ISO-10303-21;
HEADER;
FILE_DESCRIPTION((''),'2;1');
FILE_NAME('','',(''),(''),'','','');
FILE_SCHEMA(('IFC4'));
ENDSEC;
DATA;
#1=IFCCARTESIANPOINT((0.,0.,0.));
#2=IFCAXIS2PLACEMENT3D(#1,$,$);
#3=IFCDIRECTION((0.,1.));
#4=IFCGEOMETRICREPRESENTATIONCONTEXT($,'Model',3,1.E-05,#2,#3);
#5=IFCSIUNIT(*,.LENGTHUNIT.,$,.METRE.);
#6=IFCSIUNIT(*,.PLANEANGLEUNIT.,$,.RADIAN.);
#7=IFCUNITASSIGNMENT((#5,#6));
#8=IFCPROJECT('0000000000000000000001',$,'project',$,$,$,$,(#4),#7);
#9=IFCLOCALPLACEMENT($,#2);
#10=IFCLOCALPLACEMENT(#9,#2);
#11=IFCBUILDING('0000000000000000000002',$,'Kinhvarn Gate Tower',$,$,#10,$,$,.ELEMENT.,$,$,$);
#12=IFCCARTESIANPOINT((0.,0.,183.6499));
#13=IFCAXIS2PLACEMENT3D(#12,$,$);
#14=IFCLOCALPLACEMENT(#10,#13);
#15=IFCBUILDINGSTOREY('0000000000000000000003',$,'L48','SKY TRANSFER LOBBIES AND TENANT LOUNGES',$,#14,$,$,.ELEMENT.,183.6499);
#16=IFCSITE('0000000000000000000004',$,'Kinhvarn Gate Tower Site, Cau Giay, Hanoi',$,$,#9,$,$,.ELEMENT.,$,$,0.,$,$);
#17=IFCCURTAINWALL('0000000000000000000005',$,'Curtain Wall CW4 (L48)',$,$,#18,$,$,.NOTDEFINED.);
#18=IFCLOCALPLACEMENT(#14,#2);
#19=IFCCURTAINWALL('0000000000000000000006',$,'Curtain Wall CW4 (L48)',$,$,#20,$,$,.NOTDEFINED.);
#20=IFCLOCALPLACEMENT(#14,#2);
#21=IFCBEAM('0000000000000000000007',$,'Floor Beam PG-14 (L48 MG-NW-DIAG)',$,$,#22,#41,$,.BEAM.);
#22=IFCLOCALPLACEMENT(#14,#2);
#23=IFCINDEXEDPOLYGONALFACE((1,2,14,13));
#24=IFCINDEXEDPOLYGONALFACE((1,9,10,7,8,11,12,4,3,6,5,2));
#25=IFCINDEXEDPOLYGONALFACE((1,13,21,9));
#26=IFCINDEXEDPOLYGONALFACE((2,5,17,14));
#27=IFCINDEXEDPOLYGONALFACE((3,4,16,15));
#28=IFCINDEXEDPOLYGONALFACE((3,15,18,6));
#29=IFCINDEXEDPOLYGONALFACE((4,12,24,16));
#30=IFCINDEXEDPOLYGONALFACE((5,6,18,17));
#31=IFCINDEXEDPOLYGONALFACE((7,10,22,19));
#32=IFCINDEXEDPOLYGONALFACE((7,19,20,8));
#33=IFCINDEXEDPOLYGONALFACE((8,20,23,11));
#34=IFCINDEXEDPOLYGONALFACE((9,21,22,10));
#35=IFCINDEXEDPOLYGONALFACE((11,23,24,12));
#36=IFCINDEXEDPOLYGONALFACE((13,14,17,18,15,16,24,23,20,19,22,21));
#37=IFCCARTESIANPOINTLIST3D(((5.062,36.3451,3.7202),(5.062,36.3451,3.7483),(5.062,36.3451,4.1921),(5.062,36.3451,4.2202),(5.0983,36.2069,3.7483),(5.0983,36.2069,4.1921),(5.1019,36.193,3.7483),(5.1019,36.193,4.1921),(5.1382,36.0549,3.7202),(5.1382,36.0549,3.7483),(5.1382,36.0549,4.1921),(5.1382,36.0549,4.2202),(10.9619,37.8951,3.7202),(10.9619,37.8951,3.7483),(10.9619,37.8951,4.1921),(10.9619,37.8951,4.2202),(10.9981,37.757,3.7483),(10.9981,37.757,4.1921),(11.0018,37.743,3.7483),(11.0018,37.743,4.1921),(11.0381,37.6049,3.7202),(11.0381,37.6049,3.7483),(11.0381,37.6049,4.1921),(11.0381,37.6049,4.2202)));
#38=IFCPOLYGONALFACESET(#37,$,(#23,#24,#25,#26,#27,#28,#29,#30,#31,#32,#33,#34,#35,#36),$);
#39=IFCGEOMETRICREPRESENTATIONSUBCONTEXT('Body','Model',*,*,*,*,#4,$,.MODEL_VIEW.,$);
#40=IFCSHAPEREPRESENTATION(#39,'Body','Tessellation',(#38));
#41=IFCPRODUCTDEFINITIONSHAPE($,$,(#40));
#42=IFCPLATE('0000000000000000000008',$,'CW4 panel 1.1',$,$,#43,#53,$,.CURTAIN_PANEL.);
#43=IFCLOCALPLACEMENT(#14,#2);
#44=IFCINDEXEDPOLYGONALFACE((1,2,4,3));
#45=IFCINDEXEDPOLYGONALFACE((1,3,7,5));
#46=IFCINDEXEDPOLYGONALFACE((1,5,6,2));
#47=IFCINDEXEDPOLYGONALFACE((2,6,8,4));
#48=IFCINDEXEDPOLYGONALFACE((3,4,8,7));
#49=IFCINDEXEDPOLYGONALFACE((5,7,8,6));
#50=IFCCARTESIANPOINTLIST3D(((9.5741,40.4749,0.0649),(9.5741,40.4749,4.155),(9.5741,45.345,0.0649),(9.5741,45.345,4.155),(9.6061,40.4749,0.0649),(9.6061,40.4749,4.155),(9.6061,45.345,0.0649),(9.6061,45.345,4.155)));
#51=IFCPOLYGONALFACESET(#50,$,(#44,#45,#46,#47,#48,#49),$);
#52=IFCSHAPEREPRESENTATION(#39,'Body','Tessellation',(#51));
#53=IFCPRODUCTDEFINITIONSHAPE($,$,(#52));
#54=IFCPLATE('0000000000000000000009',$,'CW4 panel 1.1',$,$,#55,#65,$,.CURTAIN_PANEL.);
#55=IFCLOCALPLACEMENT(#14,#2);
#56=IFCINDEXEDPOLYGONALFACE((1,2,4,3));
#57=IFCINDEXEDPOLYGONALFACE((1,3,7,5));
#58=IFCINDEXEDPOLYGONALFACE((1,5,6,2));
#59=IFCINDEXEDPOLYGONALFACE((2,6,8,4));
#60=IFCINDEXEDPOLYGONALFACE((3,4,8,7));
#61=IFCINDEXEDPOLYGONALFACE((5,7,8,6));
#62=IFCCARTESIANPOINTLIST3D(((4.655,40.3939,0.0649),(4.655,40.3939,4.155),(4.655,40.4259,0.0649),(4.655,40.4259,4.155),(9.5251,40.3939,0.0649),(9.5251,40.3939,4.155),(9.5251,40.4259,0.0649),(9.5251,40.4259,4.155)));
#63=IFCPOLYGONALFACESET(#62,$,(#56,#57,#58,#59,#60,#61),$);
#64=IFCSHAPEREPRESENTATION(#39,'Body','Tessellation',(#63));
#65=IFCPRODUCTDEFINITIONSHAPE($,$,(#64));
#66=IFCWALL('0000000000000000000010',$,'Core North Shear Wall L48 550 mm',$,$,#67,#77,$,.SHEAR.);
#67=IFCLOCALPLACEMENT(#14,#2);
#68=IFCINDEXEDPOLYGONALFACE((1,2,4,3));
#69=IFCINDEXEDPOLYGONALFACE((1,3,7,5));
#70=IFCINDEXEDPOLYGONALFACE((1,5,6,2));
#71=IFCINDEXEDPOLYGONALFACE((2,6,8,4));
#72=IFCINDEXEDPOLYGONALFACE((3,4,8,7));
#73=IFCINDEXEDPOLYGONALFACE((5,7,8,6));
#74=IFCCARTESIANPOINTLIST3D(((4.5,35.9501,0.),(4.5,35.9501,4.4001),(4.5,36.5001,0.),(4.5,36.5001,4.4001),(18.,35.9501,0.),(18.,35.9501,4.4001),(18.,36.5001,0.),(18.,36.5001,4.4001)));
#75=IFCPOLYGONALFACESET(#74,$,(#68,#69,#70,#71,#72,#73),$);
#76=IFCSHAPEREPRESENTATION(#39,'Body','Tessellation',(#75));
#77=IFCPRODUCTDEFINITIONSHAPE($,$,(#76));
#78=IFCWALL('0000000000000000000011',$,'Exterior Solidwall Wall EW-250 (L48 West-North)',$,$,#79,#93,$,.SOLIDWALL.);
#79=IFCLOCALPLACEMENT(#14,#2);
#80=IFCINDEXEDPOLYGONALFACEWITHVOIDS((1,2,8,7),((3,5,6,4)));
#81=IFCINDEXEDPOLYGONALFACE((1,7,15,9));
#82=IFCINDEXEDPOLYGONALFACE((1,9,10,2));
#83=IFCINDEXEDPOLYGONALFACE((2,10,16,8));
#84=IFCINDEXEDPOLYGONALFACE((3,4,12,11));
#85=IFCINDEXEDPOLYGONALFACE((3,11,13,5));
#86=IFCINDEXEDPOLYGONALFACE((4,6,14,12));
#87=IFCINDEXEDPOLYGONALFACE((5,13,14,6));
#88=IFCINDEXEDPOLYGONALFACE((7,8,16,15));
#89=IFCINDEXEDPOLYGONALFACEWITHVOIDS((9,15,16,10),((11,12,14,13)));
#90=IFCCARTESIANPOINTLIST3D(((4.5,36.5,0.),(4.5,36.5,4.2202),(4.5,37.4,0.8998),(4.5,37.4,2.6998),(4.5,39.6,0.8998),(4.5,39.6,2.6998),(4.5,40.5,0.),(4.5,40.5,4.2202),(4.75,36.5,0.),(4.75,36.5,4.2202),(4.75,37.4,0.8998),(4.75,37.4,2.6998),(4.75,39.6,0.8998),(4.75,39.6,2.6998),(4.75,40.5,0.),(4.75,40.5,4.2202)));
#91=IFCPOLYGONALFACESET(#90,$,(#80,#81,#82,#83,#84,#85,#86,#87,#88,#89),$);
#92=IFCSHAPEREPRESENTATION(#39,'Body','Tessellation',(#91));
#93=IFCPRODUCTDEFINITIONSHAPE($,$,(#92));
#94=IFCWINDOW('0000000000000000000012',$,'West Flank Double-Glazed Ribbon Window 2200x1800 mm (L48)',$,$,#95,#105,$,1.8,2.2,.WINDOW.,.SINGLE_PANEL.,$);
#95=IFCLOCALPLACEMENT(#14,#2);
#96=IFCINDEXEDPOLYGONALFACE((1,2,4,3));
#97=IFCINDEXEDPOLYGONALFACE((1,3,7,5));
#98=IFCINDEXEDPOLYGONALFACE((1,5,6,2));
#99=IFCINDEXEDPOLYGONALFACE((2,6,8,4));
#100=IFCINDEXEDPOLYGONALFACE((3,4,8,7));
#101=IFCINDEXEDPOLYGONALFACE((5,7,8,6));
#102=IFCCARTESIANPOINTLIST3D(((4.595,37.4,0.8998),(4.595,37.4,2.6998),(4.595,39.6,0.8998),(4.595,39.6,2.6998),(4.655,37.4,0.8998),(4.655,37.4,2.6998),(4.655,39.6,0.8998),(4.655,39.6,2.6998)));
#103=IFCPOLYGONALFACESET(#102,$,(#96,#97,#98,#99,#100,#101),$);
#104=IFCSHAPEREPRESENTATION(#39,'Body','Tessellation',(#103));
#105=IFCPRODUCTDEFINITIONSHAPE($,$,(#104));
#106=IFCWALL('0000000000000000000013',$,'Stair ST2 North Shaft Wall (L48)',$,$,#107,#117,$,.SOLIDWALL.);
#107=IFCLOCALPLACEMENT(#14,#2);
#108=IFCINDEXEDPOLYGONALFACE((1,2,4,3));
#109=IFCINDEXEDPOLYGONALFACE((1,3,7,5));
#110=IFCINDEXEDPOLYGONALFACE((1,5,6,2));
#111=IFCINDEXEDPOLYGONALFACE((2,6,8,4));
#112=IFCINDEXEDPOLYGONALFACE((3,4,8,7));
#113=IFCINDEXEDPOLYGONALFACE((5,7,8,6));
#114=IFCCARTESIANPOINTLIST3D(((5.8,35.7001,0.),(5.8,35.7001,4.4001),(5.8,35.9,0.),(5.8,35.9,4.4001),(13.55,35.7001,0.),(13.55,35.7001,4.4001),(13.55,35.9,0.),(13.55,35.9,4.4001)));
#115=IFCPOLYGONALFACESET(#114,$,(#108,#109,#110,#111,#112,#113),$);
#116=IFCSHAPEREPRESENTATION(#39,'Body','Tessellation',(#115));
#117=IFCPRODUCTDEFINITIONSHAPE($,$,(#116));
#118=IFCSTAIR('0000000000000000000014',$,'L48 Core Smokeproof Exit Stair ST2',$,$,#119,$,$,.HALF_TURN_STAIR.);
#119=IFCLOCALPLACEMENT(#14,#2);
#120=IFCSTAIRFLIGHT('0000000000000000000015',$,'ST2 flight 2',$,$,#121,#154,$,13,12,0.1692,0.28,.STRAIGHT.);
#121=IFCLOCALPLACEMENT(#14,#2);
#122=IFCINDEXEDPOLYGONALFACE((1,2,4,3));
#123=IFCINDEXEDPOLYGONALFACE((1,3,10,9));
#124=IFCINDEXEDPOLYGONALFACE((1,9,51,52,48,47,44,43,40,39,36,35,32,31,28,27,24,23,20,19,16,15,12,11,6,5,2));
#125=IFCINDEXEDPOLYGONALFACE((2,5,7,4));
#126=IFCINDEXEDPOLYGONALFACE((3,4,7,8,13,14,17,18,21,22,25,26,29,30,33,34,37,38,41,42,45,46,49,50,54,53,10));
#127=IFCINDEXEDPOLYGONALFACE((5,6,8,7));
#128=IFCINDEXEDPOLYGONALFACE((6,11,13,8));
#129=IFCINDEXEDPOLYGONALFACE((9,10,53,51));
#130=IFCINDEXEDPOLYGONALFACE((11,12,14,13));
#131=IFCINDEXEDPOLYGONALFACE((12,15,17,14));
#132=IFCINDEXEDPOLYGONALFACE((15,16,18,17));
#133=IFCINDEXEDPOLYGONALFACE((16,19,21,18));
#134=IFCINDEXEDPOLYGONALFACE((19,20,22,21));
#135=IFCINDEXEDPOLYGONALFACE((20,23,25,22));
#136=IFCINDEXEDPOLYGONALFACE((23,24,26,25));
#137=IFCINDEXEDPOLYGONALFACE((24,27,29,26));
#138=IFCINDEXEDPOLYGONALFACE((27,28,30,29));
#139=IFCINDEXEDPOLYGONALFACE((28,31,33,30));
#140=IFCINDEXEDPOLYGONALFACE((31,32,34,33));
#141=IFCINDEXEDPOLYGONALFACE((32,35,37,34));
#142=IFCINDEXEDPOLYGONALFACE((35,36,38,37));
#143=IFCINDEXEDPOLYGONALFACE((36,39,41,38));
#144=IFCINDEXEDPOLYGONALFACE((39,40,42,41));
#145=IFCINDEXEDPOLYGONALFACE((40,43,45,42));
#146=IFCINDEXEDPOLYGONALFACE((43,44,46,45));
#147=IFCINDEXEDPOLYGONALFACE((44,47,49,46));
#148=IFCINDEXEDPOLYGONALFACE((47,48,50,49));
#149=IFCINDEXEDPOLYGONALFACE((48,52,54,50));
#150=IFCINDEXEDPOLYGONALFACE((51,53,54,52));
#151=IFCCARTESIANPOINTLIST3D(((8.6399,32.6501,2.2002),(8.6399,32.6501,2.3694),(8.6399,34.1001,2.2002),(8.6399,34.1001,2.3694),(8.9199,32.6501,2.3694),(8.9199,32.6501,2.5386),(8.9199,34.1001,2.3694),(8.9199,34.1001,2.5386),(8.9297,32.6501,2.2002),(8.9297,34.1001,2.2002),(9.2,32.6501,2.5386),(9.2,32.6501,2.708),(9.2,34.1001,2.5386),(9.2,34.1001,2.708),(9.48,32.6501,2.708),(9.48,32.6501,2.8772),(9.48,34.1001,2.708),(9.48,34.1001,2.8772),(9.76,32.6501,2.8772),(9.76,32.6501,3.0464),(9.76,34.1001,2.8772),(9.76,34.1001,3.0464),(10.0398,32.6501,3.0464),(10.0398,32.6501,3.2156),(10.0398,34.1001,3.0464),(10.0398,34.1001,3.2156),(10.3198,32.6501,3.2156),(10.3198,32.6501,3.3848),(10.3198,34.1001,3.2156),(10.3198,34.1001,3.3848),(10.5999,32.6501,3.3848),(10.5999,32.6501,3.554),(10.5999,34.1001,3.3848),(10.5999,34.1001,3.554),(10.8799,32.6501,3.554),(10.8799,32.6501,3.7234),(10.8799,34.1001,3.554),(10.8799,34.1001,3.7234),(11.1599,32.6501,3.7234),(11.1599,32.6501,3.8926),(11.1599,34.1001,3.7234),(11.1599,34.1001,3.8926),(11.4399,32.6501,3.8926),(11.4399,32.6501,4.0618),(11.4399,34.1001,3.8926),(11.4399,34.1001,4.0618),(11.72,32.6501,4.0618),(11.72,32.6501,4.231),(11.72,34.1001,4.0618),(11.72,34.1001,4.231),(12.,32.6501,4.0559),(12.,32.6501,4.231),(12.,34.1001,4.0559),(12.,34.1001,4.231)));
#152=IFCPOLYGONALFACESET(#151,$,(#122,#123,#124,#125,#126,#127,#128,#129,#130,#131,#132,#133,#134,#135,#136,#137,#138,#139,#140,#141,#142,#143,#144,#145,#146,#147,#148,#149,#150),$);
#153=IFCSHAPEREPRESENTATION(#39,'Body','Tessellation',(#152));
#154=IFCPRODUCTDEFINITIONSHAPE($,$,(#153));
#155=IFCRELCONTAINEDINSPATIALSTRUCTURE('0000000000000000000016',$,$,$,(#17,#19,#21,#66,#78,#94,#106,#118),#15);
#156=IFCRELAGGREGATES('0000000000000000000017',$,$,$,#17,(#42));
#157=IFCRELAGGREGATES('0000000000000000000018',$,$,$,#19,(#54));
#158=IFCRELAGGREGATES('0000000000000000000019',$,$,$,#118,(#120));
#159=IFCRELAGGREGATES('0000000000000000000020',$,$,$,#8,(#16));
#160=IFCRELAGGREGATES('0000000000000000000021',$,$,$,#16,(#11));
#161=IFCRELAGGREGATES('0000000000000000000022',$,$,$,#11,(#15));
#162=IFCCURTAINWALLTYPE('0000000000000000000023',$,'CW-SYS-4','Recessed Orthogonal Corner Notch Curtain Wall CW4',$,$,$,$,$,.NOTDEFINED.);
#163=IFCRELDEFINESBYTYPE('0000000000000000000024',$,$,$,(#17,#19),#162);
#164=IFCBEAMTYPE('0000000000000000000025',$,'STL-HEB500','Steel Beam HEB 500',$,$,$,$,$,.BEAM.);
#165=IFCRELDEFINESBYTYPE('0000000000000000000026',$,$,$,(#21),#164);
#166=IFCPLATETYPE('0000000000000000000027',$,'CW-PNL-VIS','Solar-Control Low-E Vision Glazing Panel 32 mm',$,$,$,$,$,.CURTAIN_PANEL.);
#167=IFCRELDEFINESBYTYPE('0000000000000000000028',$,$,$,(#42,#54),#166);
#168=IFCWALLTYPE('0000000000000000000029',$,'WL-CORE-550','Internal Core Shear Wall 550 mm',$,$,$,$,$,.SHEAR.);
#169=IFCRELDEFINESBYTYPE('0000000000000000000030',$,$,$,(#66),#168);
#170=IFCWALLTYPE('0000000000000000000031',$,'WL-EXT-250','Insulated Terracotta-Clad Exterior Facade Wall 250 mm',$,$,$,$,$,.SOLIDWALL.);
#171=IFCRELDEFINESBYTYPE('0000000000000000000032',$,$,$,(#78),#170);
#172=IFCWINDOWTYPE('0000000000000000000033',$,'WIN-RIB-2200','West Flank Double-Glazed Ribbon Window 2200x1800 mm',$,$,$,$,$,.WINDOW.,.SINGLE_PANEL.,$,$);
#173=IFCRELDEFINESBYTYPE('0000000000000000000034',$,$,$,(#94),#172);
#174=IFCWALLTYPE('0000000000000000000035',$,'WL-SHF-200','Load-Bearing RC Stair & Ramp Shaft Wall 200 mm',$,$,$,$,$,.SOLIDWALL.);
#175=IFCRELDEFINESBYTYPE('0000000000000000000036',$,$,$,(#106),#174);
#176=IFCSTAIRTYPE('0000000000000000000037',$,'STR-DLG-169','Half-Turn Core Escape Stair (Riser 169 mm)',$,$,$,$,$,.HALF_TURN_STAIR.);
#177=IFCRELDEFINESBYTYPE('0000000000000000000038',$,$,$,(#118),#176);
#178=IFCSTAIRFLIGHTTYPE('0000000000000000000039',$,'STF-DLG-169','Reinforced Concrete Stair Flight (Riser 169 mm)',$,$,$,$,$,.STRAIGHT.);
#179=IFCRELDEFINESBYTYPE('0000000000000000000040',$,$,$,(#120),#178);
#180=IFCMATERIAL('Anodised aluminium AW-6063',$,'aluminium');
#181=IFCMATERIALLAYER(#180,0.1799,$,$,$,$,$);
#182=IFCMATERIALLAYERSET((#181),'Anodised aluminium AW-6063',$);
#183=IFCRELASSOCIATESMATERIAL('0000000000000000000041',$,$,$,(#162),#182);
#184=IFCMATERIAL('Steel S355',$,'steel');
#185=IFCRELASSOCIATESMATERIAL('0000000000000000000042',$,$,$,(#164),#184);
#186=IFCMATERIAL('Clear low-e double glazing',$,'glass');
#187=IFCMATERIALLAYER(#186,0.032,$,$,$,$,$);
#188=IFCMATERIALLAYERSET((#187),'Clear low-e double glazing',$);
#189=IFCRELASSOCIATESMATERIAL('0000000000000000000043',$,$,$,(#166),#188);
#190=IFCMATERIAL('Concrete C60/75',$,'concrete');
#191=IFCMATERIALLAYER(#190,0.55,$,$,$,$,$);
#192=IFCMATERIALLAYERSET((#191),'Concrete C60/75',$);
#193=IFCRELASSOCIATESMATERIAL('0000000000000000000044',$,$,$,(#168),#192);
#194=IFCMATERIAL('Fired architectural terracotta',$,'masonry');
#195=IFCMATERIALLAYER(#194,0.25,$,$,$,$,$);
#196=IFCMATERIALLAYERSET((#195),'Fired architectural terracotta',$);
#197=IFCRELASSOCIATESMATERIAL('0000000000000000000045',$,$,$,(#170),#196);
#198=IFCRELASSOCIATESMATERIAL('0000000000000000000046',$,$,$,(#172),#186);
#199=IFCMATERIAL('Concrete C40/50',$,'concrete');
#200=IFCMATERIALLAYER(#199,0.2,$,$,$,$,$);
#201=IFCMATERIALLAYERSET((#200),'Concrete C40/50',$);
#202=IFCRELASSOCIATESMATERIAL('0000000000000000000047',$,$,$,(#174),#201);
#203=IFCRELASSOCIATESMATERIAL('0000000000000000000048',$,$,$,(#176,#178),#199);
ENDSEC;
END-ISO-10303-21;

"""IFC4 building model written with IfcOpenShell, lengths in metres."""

from ifc_helpers import new_model, si_unit, direction, frame, frame_2d, origin, origin_2d, place, context, subcontext, project, spatial, polyline, rectangle, i_section, outline, extrude, material, layer, layer_set, material_profile, profile_set, type_object, element, fill, aggregate, save


model = new_model("IFC4")

# Units and contexts
model_context = context("Model", 3, precision=1e-05, world=origin(), true_north=direction((0.0, 1.0)))
body_context = subcontext(model_context, "Body", "Model", "MODEL_VIEW")
ifc_project = project(units=[si_unit("LENGTHUNIT", "METRE"), si_unit("PLANEANGLEUNIT", "RADIAN")], contexts=[model_context])

# Site, building, storey
site_placement = place(None, origin())
site = spatial("IfcSite", under=ifc_project, at=site_placement, Name="Kinhvarn Gate Tower Site, Cau Giay, Hanoi", CompositionType="ELEMENT", RefElevation=0.0)
building_placement = place(site_placement, origin())
building = spatial("IfcBuilding", under=site, at=building_placement, Name="Kinhvarn Gate Tower", CompositionType="ELEMENT")
storey_placement = place(building_placement, frame((0.0, 0.0, 183.6499)))
storey = spatial("IfcBuildingStorey", under=building, at=storey_placement, Name="L48", Description="SKY TRANSFER LOBBIES AND TENANT LOUNGES", CompositionType="ELEMENT", Elevation=183.6499)

# Shared definitions
ifc_material_1 = material(Name="Concrete C60/75", Category="concrete")

# Curtain walls
ifc_material_2 = material(Name="Anodised aluminium AW-6063", Category="aluminium")
ifc_layer_1 = layer(ifc_material_2, 0.1799)
ifc_layer_set_1 = layer_set([ifc_layer_1], Name="Anodised aluminium AW-6063")
curtain_wall_type_1 = type_object("IfcCurtainWallType", Name="CW-SYS-4", Description="Recessed Orthogonal Corner Notch Curtain Wall CW4", PredefinedType="NOTDEFINED", material=ifc_layer_set_1)
curtain_wall_1_placement = place(storey_placement, origin())
curtain_wall_1 = element("IfcCurtainWall", 1, at=curtain_wall_1_placement, inside=storey, type_object=curtain_wall_type_1, Name="Curtain Wall CW4 (L48)", PredefinedType="NOTDEFINED")
curtain_wall_2_placement = place(storey_placement, origin())
curtain_wall_2 = element("IfcCurtainWall", 2, at=curtain_wall_2_placement, inside=storey, type_object=curtain_wall_type_1, Name="Curtain Wall CW4 (L48)", PredefinedType="NOTDEFINED")

# Beam
ifc_material_3 = material(Name="Steel S355", Category="steel")
ifc_material_profile_1 = material_profile(ifc_material_3, i_section(OverallWidth=0.3, OverallDepth=0.5, WebThickness=0.0144, FlangeThickness=0.0281, at=origin_2d()), Name="HEB 500")
ifc_profile_set_1 = profile_set([ifc_material_profile_1], Name="Steel S355")
beam_type_1 = type_object("IfcBeamType", Name="STL-HEB500", Description="Steel Beam HEB 500", PredefinedType="BEAM", material=ifc_profile_set_1)
beam_1_placement = place(storey_placement, frame((5.1001, 36.2, 3.9702), z_axis=(0.967178, 0.254101, 0.0), x_axis=(-0.254101, 0.967178, 0.0)))
element("IfcBeam", 3, at=beam_1_placement, inside=storey, type_object=beam_type_1, Name="Floor Beam PG-14 (L48 MG-NW-DIAG)", PredefinedType="BEAM", context=body_context, shape_type="SweptSolid", body=[
    extrude(i_section(OverallWidth=0.3, OverallDepth=0.5, WebThickness=0.0144, FlangeThickness=0.0281, at=origin_2d()), origin(), (0.0, 0.0, 1.0), 6.1001),
])

# Plates
ifc_material_4 = material(Name="Clear low-e double glazing", Category="glass")
ifc_layer_2 = layer(ifc_material_4, 0.032)
ifc_layer_set_2 = layer_set([ifc_layer_2], Name="Clear low-e double glazing")
plate_type = type_object("IfcPlateType", Name="CW-PNL-VIS", Description="Solar-Control Low-E Vision Glazing Panel 32 mm", PredefinedType="CURTAIN_PANEL", material=ifc_layer_set_2)
plate_1_placement = place(storey_placement, frame((9.5901, 42.9099, 0.0649), z_axis=(0.0, 0.0, 1.0), x_axis=(0.0, -1.0, 0.0)))
plate_1 = element("IfcPlate", 4, at=plate_1_placement, type_object=plate_type, Name="CW4 panel 1.1", PredefinedType="CURTAIN_PANEL", context=body_context, shape_type="SweptSolid", body=[
    extrude(rectangle(XDim=4.8701, YDim=0.032, at=origin_2d()), origin(), (0.0, 0.0, 1.0), 4.0901),
])
aggregate(curtain_wall_1, [plate_1])
plate_2_placement = place(storey_placement, frame((7.0901, 40.4099, 0.0649), z_axis=(0.0, 0.0, 1.0), x_axis=(-1.0, 0.0, 0.0)))
plate_2 = element("IfcPlate", 5, at=plate_2_placement, type_object=plate_type, Name="CW4 panel 1.1", PredefinedType="CURTAIN_PANEL", context=body_context, shape_type="SweptSolid", body=[
    extrude(rectangle(XDim=4.8701, YDim=0.032, at=origin_2d()), origin(), (0.0, 0.0, 1.0), 4.0901),
])
aggregate(curtain_wall_2, [plate_2])

# Wall
ifc_layer_3 = layer(ifc_material_1, 0.55)
ifc_layer_set_3 = layer_set([ifc_layer_3], Name="Concrete C60/75")
wall_type_1 = type_object("IfcWallType", Name="WL-CORE-550", Description="Internal Core Shear Wall 550 mm", PredefinedType="SHEAR", material=ifc_layer_set_3)
wall_1_placement = place(storey_placement, frame((4.5, 36.2251, 0.0), z_axis=(0.0, 0.0, 1.0), x_axis=(1.0, 0.0, 0.0)))
element("IfcWall", 6, at=wall_1_placement, inside=storey, type_object=wall_type_1, Name="Core North Shear Wall L48 550 mm", PredefinedType="SHEAR", context=body_context, shape_type="SweptSolid", body=[
    extrude(rectangle(XDim=13.5, YDim=0.55, at=frame_2d((6.75, 0.0))), origin(), (0.0, 0.0, 1.0), 4.4001),
])

# Wall, opening, window
ifc_material_5 = material(Name="Fired architectural terracotta", Category="masonry")
ifc_layer_4 = layer(ifc_material_5, 0.25)
ifc_layer_set_4 = layer_set([ifc_layer_4], Name="Fired architectural terracotta")
wall_type_2 = type_object("IfcWallType", Name="WL-EXT-250", Description="Insulated Terracotta-Clad Exterior Facade Wall 250 mm", PredefinedType="SOLIDWALL", material=ifc_layer_set_4)
wall_2_placement = place(storey_placement, frame((4.625, 40.5, 0.0), z_axis=(0.0, 0.0, 1.0), x_axis=(0.0, -1.0, 0.0)))
wall_2 = element("IfcWall", 7, at=wall_2_placement, inside=storey, type_object=wall_type_2, Name="Exterior Solidwall Wall EW-250 (L48 West-North)", PredefinedType="SOLIDWALL", context=body_context, shape_type="SweptSolid", body=[
    extrude(rectangle(XDim=4.0, YDim=0.25, at=frame_2d((2.0, 0.0))), origin(), (0.0, 0.0, 1.0), 4.2202),
])
opening_placement = place(wall_2_placement, frame((0.8999, 0.0, 0.8999)))
opening = element("IfcOpeningElement", 8, at=opening_placement, cuts=wall_2, PredefinedType="OPENING", context=body_context, shape_type="SweptSolid", body=[
    extrude(rectangle(XDim=2.2, YDim=1.8, at=frame_2d((1.1001, 0.8999))), frame((0.0, 0.135, 0.0), z_axis=(0.0, -1.0, 0.0), x_axis=(1.0, 0.0, 0.0)), (0.0, 0.0, 1.0), 0.27),
])
window_type = type_object("IfcWindowType", Name="WIN-RIB-2200", Description="West Flank Double-Glazed Ribbon Window 2200x1800 mm", PartitioningType="SINGLE_PANEL", PredefinedType="WINDOW", material=ifc_material_4)
window_placement = place(opening_placement, origin())
window = element("IfcWindow", 9, at=window_placement, inside=storey, type_object=window_type, Name="West Flank Double-Glazed Ribbon Window 2200x1800 mm (L48)", OverallHeight=1.8, OverallWidth=2.2, PartitioningType="SINGLE_PANEL", PredefinedType="WINDOW", context=body_context, shape_type="SweptSolid", body=[
    extrude(rectangle(XDim=2.2, YDim=1.8, at=frame_2d((1.1001, 0.8999))), frame((0.0, 0.03, 0.0), z_axis=(0.0, -1.0, 0.0), x_axis=(1.0, 0.0, 0.0)), (0.0, 0.0, 1.0), 0.0601),
])
fill(opening, window)

# Wall
ifc_material_6 = material(Name="Concrete C40/50", Category="concrete")
ifc_layer_5 = layer(ifc_material_6, 0.2)
ifc_layer_set_5 = layer_set([ifc_layer_5], Name="Concrete C40/50")
wall_type_3 = type_object("IfcWallType", Name="WL-SHF-200", Description="Load-Bearing RC Stair & Ramp Shaft Wall 200 mm", PredefinedType="SOLIDWALL", material=ifc_layer_set_5)
wall_3_placement = place(storey_placement, frame((5.8, 35.8, 0.0), z_axis=(0.0, 0.0, 1.0), x_axis=(1.0, 0.0, 0.0)))
element("IfcWall", 10, at=wall_3_placement, inside=storey, type_object=wall_type_3, Name="Stair ST2 North Shaft Wall (L48)", PredefinedType="SOLIDWALL", context=body_context, shape_type="SweptSolid", body=[
    extrude(rectangle(XDim=7.75, YDim=0.2, at=frame_2d((3.875, 0.0))), origin(), (0.0, 0.0, 1.0), 4.4001),
])

# Stair, stair flight
stair_type = type_object("IfcStairType", Name="STR-DLG-169", Description="Half-Turn Core Escape Stair (Riser 169 mm)", PredefinedType="HALF_TURN_STAIR", material=ifc_material_6)
stair_placement = place(storey_placement, origin())
stair = element("IfcStair", 11, at=stair_placement, inside=storey, type_object=stair_type, Name="L48 Core Smokeproof Exit Stair ST2", PredefinedType="HALF_TURN_STAIR")
stair_flight_type = type_object("IfcStairFlightType", Name="STF-DLG-169", Description="Reinforced Concrete Stair Flight (Riser 169 mm)", PredefinedType="STRAIGHT", material=ifc_material_6)
stair_flight_placement = place(storey_placement, frame((8.6399, 33.375, 2.2002), z_axis=(0.0, 0.0, 1.0), x_axis=(1.0, 0.0, 0.0)))
stair_flight = element("IfcStairFlight", 12, at=stair_flight_placement, type_object=stair_flight_type, Name="ST2 flight 2", NumberOfRisers=13, NumberOfTreads=12, PredefinedType="STRAIGHT", RiserHeight=0.1692, TreadLength=0.28, context=body_context, shape_type="SweptSolid", body=[
    extrude(outline(polyline([(0.0, 0.0), (0.0, 0.1692), (0.28, 0.1692), (0.28, 0.3384), (0.5601, 0.3384), (0.5601, 0.5078), (0.8401, 0.5078), (0.8401, 0.677), (1.1201, 0.677), (1.1201, 0.8462), (1.3999, 0.8462), (1.3999, 1.0154), (1.6799, 1.0154), (1.6799, 1.1846), (1.96, 1.1846), (1.96, 1.3538), (2.24, 1.3538), (2.24, 1.5232), (2.52, 1.5232), (2.52, 1.6924), (2.8, 1.6924), (2.8, 1.8616), (3.0801, 1.8616), (3.0801, 2.0308), (3.3601, 2.0308), (3.3601, 2.2), (3.3601, 1.8557), (0.2898, 0.0), (0.0, 0.0)])), frame((0.0, 0.7251, 0.0), z_axis=(0.0, -1.0, 0.0), x_axis=(1.0, 0.0, 0.0)), (0.0, 0.0, 1.0), 1.45),
])
aggregate(stair, [stair_flight])

save(model, "model.ifc")
